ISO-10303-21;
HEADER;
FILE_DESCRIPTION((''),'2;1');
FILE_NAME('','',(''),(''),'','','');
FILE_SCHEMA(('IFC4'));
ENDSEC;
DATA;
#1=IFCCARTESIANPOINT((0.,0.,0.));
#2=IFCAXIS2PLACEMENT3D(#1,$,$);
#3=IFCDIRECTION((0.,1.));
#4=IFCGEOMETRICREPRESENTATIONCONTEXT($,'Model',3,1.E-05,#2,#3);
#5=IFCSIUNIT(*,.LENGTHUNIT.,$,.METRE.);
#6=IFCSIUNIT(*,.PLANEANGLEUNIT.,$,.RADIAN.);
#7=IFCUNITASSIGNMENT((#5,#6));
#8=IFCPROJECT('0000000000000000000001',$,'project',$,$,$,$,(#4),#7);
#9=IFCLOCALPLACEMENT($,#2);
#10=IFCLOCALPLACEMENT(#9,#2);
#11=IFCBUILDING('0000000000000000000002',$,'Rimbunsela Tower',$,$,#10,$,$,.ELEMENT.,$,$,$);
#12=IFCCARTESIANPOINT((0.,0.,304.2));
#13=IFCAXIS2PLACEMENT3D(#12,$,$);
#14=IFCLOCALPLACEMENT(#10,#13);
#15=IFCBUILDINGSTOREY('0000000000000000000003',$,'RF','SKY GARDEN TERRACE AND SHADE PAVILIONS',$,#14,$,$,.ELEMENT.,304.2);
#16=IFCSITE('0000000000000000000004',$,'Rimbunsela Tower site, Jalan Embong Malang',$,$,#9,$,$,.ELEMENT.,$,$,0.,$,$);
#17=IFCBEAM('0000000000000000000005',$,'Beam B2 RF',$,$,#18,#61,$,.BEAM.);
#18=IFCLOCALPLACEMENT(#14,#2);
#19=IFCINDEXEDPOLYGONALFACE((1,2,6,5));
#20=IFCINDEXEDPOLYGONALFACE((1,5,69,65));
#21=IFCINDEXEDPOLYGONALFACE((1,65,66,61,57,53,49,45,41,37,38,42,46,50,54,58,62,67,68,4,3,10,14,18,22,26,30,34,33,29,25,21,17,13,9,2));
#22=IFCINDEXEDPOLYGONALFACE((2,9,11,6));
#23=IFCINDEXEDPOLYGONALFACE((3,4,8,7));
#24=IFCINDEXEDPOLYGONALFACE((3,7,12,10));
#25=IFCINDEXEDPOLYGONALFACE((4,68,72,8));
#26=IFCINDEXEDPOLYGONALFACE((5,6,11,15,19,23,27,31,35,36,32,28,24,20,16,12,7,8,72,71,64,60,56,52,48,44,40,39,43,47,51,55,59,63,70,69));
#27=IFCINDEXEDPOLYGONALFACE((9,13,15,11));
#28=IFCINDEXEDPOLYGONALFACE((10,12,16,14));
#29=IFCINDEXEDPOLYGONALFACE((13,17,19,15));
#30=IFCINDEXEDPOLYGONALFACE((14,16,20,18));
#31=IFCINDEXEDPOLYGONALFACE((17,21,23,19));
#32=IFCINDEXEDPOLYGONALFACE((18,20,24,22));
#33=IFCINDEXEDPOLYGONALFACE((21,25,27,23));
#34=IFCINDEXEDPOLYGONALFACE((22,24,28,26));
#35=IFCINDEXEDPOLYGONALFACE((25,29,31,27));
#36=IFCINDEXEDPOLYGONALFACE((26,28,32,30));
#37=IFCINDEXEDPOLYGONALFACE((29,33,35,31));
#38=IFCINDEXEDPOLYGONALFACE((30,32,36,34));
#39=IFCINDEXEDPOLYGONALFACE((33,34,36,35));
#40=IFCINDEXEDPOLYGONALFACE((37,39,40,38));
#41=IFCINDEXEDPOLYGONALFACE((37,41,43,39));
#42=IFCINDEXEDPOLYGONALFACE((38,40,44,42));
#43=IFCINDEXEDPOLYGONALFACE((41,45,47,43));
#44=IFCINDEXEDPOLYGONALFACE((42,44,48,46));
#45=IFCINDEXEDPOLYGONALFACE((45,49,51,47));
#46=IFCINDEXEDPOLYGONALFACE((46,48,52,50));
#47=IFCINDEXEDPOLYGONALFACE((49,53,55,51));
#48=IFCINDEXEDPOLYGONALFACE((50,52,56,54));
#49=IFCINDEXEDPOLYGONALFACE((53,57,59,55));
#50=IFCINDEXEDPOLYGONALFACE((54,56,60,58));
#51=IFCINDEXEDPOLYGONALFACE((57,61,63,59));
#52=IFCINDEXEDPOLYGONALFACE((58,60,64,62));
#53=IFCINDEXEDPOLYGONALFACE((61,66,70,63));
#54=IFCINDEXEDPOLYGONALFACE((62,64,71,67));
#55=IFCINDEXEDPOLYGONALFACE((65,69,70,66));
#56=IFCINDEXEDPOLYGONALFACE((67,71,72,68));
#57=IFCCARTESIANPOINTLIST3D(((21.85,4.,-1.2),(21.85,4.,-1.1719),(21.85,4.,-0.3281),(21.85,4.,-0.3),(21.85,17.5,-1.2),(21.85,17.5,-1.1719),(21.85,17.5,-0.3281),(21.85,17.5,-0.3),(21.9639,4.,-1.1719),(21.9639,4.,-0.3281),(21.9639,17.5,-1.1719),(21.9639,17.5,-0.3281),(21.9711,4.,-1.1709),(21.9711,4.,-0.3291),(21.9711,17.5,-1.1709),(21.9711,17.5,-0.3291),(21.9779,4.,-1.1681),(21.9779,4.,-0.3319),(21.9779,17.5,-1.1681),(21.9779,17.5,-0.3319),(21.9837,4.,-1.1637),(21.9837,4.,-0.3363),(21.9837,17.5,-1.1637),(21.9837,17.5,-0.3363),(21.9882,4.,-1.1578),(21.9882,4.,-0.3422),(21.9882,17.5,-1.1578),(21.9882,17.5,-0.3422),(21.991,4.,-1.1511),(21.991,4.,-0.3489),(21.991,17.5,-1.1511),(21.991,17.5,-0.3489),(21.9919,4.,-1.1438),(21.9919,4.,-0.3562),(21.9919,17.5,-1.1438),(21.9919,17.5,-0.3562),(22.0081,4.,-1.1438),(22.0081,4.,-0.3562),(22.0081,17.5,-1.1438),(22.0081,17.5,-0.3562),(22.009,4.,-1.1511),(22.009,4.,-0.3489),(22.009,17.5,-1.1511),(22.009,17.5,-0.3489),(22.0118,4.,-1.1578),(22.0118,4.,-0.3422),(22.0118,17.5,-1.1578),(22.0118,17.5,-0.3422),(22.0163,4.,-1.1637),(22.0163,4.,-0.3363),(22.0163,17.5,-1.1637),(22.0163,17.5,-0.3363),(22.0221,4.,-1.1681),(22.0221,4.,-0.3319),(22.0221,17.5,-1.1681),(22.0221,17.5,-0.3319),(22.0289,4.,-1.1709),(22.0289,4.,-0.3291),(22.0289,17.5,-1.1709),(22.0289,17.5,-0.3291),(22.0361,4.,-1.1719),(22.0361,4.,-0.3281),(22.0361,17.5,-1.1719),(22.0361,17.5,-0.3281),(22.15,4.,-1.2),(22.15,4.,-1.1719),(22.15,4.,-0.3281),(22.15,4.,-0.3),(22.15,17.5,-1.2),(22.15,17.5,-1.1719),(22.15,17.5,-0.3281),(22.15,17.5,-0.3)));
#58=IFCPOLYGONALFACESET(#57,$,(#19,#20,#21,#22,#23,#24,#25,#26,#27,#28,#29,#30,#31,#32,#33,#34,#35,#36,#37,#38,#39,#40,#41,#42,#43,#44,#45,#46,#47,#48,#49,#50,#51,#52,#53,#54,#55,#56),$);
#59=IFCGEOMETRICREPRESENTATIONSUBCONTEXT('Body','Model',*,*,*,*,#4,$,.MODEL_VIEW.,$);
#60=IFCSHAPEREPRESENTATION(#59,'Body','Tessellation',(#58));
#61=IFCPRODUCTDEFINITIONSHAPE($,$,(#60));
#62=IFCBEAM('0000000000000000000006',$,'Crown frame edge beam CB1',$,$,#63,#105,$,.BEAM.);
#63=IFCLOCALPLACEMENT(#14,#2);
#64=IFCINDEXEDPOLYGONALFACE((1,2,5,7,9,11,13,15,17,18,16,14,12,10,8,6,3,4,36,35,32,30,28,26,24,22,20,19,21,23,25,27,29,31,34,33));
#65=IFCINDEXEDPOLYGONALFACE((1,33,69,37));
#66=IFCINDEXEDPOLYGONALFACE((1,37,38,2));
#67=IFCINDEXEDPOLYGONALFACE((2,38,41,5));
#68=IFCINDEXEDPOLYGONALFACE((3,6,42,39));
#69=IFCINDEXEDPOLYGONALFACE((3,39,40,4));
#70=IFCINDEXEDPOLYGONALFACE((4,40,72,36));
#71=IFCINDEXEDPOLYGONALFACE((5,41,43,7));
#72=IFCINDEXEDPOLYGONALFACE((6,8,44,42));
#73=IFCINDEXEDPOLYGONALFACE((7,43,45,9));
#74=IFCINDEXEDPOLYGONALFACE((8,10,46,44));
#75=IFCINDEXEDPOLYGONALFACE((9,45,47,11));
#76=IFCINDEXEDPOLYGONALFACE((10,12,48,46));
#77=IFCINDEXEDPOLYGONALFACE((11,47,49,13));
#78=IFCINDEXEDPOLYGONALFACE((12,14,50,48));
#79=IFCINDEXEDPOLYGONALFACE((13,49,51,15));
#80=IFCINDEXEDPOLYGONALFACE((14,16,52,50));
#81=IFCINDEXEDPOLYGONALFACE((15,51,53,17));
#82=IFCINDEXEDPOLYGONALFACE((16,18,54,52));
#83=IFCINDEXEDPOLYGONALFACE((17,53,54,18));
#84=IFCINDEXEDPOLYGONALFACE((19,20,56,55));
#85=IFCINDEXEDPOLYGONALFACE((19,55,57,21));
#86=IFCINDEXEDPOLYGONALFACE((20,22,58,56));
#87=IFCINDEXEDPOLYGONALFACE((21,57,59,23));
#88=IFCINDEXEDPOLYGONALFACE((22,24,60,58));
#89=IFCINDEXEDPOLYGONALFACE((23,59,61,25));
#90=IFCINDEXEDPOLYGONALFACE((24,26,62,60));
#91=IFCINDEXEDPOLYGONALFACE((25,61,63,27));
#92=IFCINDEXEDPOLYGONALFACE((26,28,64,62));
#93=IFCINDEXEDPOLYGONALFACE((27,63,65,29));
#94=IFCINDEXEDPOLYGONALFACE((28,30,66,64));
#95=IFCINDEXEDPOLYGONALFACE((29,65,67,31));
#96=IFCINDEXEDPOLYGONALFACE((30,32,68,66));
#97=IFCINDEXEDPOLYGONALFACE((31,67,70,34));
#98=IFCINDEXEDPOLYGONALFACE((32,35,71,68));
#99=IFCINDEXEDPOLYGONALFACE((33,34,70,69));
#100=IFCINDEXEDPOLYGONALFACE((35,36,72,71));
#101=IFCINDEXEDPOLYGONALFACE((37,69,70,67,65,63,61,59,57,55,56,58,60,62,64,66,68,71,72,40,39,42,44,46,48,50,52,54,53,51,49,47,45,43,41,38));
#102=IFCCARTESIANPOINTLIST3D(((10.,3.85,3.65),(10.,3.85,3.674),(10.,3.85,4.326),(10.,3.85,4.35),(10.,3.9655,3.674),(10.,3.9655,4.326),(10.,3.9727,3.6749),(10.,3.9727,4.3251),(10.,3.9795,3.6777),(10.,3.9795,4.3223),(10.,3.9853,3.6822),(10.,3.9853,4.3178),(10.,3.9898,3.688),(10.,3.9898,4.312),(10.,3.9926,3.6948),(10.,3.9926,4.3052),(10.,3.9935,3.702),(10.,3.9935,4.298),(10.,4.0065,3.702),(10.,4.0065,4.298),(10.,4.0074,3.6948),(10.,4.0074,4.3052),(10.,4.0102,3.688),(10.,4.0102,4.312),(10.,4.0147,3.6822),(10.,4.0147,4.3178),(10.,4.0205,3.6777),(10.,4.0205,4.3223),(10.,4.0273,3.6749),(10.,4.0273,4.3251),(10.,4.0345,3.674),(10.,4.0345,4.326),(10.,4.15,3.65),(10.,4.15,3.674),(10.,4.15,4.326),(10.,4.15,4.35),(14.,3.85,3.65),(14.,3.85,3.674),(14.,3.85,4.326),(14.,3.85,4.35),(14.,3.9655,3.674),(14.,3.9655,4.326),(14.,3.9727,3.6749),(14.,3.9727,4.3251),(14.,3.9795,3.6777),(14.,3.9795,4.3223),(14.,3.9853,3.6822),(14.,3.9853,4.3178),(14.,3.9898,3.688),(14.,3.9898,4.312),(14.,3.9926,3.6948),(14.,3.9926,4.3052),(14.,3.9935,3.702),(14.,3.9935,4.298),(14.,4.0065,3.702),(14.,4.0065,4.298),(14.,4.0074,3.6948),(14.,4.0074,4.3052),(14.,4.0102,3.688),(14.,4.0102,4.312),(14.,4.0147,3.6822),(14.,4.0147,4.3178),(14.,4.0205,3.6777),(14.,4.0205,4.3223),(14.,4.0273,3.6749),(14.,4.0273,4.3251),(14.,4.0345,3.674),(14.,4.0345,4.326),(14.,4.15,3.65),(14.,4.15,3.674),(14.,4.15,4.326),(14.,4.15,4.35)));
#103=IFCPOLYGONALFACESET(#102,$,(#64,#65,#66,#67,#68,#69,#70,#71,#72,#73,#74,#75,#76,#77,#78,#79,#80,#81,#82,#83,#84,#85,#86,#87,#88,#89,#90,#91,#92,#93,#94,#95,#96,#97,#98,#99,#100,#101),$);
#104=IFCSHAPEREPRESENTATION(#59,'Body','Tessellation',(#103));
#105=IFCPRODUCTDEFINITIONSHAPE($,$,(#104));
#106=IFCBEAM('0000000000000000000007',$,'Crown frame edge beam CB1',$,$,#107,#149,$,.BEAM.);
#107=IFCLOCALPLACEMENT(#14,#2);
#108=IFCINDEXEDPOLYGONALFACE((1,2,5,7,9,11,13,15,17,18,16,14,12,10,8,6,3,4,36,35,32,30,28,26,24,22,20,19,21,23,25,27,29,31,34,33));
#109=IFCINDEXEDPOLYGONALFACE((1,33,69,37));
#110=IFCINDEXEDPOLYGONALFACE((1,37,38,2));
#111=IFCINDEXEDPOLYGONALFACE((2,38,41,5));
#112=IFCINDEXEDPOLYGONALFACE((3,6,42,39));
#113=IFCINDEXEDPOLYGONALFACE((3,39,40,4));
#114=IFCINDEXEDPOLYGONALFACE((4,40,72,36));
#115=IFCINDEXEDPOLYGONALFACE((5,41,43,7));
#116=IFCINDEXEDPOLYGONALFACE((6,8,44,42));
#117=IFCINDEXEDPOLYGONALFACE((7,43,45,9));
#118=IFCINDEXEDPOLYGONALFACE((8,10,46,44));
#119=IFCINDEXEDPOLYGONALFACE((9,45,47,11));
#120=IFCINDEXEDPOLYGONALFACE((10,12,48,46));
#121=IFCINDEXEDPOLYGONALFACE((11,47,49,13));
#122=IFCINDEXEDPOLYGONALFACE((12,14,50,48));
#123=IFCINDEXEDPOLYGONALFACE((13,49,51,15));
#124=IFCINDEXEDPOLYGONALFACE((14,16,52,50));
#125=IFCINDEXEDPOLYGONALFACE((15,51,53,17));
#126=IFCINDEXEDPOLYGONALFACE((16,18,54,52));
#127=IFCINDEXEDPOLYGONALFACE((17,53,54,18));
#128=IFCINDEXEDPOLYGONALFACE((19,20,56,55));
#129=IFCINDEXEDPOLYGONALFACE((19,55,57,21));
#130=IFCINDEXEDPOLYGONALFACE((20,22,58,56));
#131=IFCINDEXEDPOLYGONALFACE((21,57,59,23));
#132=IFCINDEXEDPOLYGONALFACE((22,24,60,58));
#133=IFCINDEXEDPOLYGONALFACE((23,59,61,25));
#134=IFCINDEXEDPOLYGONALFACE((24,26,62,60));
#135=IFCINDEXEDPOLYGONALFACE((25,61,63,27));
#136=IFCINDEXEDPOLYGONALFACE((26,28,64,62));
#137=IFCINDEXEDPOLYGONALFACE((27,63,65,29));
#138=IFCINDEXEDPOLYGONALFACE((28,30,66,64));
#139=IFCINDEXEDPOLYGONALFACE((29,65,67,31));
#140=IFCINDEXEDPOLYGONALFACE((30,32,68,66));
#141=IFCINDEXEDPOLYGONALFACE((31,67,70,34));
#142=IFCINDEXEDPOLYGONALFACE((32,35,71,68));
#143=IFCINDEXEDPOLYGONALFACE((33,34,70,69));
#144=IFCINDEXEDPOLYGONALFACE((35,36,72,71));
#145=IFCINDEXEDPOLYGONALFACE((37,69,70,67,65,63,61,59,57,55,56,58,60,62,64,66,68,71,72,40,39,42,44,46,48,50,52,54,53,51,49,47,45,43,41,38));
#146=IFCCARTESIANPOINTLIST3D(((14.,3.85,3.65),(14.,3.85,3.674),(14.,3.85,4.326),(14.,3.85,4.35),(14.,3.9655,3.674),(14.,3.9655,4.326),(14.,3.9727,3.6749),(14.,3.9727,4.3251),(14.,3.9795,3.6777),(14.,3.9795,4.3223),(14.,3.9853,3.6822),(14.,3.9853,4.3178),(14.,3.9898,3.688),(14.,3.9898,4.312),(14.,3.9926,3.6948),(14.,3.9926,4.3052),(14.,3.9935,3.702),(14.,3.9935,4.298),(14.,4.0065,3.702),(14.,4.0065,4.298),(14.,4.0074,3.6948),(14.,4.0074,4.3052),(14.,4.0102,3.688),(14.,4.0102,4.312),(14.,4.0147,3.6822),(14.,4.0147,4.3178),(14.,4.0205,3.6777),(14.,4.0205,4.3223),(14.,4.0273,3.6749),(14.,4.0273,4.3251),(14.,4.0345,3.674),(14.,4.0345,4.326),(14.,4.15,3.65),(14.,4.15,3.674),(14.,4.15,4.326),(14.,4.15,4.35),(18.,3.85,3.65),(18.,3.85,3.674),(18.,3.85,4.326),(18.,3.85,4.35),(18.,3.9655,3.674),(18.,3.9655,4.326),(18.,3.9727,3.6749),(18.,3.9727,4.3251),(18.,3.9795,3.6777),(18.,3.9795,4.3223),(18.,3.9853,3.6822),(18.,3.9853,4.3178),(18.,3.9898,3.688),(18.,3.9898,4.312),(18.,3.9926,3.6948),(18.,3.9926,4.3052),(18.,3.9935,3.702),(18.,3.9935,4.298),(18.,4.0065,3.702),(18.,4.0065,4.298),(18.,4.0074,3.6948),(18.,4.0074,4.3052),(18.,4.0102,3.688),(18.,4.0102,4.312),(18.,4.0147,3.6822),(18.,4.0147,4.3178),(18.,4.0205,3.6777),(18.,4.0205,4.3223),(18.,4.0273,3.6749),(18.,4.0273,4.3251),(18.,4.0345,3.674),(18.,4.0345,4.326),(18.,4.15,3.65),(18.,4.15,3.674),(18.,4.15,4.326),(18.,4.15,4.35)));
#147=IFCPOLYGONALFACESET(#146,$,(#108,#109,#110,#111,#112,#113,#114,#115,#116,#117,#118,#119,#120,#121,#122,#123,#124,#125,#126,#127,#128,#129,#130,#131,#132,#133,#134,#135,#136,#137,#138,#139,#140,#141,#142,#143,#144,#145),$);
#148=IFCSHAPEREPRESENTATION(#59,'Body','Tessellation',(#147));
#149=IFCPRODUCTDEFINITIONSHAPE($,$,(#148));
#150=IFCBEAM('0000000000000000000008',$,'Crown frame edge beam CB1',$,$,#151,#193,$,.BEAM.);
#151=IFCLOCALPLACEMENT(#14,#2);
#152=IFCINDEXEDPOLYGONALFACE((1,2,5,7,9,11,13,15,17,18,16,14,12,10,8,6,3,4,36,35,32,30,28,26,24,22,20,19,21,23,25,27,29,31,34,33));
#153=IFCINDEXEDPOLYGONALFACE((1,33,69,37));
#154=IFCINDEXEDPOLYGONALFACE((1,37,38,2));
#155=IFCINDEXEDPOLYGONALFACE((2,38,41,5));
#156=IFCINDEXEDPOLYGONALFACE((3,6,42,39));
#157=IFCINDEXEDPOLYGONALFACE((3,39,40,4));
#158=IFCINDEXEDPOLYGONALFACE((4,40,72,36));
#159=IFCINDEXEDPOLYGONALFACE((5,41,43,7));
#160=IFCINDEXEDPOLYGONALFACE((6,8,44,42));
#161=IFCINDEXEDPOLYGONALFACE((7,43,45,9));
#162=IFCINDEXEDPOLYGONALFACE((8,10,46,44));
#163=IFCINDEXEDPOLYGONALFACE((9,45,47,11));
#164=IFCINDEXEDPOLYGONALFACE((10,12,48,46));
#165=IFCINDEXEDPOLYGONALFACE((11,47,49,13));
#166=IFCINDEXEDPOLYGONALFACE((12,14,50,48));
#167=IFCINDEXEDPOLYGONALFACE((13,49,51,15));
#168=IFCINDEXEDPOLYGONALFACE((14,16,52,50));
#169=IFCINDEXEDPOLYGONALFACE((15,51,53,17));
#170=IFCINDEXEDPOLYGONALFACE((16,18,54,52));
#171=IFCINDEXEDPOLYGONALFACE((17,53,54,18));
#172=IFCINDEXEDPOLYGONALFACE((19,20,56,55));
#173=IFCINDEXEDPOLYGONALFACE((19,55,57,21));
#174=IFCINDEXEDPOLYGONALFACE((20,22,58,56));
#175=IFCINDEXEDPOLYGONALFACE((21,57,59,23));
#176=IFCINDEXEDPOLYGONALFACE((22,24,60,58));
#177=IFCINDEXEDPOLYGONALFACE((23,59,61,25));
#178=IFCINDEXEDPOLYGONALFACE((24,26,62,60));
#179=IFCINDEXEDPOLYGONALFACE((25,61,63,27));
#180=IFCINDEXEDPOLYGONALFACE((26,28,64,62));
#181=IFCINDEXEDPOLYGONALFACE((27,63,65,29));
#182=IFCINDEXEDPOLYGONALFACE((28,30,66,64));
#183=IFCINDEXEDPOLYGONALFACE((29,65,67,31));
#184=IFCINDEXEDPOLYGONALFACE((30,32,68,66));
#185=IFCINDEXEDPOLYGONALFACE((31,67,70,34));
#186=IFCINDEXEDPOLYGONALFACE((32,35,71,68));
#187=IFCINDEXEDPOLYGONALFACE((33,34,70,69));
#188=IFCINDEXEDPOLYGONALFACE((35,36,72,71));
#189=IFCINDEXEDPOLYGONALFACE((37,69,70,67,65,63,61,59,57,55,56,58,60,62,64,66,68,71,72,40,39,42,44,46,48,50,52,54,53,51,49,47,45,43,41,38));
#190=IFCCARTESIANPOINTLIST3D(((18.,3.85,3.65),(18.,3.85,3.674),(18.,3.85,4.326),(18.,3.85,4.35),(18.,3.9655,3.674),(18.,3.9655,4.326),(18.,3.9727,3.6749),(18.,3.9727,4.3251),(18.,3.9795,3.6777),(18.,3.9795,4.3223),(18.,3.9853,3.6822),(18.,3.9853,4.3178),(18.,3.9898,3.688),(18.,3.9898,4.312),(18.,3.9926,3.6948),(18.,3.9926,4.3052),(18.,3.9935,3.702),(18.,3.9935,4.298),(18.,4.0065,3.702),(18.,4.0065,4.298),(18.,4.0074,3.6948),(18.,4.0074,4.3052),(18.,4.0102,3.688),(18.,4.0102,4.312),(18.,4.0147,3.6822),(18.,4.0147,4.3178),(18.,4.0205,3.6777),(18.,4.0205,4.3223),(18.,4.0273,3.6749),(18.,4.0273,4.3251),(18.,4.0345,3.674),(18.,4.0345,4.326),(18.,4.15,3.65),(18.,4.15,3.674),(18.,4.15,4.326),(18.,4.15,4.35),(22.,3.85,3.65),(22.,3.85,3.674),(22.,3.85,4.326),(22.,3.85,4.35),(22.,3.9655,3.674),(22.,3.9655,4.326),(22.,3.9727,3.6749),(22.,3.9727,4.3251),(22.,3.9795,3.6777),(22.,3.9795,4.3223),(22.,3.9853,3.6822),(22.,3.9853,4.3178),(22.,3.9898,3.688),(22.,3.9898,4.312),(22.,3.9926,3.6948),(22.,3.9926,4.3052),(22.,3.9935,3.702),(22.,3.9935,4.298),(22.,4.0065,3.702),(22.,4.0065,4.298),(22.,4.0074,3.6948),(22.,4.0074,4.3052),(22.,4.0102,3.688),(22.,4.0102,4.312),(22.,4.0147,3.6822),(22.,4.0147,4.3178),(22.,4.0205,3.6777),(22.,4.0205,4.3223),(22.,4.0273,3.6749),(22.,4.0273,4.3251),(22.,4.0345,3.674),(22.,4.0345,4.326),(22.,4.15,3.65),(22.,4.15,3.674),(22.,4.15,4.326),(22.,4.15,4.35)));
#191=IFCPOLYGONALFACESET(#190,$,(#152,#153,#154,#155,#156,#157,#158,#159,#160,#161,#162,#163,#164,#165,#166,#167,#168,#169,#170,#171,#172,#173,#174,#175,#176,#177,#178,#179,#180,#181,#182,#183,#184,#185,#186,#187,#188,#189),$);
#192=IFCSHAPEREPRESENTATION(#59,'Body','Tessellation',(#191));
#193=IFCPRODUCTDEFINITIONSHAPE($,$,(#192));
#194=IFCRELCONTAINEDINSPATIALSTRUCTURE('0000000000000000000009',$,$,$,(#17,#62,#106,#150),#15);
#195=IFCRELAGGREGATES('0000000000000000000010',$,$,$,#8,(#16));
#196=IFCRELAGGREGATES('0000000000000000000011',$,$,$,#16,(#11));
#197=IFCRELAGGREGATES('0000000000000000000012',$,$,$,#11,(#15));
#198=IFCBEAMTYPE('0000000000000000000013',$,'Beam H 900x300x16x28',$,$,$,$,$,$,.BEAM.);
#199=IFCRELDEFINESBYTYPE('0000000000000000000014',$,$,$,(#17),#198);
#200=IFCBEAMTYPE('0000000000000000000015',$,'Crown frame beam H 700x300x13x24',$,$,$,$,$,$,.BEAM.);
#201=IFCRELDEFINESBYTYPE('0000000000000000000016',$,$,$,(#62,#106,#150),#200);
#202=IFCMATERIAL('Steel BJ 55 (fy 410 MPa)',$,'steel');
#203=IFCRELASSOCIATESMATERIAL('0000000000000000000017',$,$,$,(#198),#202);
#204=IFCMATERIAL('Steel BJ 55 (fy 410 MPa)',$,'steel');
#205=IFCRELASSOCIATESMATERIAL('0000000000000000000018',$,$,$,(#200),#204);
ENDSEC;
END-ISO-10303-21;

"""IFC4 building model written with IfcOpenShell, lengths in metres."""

from ifc_helpers import new_model, si_unit, direction, frame, origin, origin_2d, place, context, subcontext, project, spatial, i_section, extrude, material, material_profile, profile_set, type_object, element, save


model = new_model("IFC4")

# Units and contexts
model_context = context("Model", 3, precision=1e-05, world=origin(), true_north=direction((0.0, 1.0)))
body_context = subcontext(model_context, "Body", "Model", "MODEL_VIEW")
ifc_project = project(units=[si_unit("LENGTHUNIT", "METRE"), si_unit("PLANEANGLEUNIT", "RADIAN")], contexts=[model_context])

# Site, building, storey
site_placement = place(None, origin())
site = spatial("IfcSite", under=ifc_project, at=site_placement, Name="Rimbunsela Tower site, Jalan Embong Malang", CompositionType="ELEMENT", RefElevation=0.0)
building_placement = place(site_placement, origin())
building = spatial("IfcBuilding", under=site, at=building_placement, Name="Rimbunsela Tower", CompositionType="ELEMENT")
storey_placement = place(building_placement, frame((0.0, 0.0, 304.2)))
storey = spatial("IfcBuildingStorey", under=building, at=storey_placement, Name="RF", Description="SKY GARDEN TERRACE AND SHADE PAVILIONS", CompositionType="ELEMENT", Elevation=304.2)

# Beams
ifc_material_1 = material(Name="Steel BJ 55 (fy 410 MPa)", Category="steel")
ifc_material_profile_1 = material_profile(ifc_material_1, i_section(OverallWidth=0.3, OverallDepth=0.8999, WebThickness=0.0161, FlangeThickness=0.0281, FilletRadius=0.0281, at=origin_2d()), Name="H 900x300x16x28")
ifc_profile_set_1 = profile_set([ifc_material_profile_1], Name="Steel BJ 55 (fy 410 MPa)")
beam_type_1 = type_object("IfcBeamType", Name="Beam H 900x300x16x28", PredefinedType="BEAM", material=ifc_profile_set_1)
for number, where, z_axis, x_axis, name in (
    (1, (22.0, 4.0, -0.75), (0.0, 1.0, 0.0), (-1.0, 0.0, 0.0), "Beam B2 RF"),
):
    element("IfcBeam", number, at=place(storey_placement, frame(where, z_axis=z_axis, x_axis=x_axis)), inside=storey, type_object=beam_type_1, Name=name, PredefinedType="BEAM", context=body_context, shape_type="SweptSolid", body=[
        extrude(i_section(OverallWidth=0.3, OverallDepth=0.8999, WebThickness=0.0161, FlangeThickness=0.0281, FilletRadius=0.0281, at=origin_2d()), origin(), (0.0, 0.0, 1.0), 13.5),
    ])
ifc_material_2 = material(Name="Steel BJ 55 (fy 410 MPa)", Category="steel")
ifc_material_profile_2 = material_profile(ifc_material_2, i_section(OverallWidth=0.3, OverallDepth=0.7, WebThickness=0.0129, FlangeThickness=0.0239, FilletRadius=0.0281, at=origin_2d()), Name="H 700x300x13x24")
ifc_profile_set_2 = profile_set([ifc_material_profile_2], Name="Steel BJ 55 (fy 410 MPa)")
beam_type_2 = type_object("IfcBeamType", Name="Crown frame beam H 700x300x13x24", PredefinedType="BEAM", material=ifc_profile_set_2)
for number, where, z_axis, x_axis, name in (
    (2, (10.0, 4.0, 4.0), (1.0, 0.0, 0.0), (0.0, 1.0, 0.0), "Crown frame edge beam CB1"),
    (3, (14.0, 4.0, 4.0), (1.0, 0.0, 0.0), (0.0, 1.0, 0.0), "Crown frame edge beam CB1"),
    (4, (18.0, 4.0, 4.0), (1.0, 0.0, 0.0), (0.0, 1.0, 0.0), "Crown frame edge beam CB1"),
):
    element("IfcBeam", number, at=place(storey_placement, frame(where, z_axis=z_axis, x_axis=x_axis)), inside=storey, type_object=beam_type_2, Name=name, PredefinedType="BEAM", context=body_context, shape_type="SweptSolid", body=[
        extrude(i_section(OverallWidth=0.3, OverallDepth=0.7, WebThickness=0.0129, FlangeThickness=0.0239, FilletRadius=0.0281, at=origin_2d()), origin(), (0.0, 0.0, 1.0), 4.0),
    ])

save(model, "model.ifc")
